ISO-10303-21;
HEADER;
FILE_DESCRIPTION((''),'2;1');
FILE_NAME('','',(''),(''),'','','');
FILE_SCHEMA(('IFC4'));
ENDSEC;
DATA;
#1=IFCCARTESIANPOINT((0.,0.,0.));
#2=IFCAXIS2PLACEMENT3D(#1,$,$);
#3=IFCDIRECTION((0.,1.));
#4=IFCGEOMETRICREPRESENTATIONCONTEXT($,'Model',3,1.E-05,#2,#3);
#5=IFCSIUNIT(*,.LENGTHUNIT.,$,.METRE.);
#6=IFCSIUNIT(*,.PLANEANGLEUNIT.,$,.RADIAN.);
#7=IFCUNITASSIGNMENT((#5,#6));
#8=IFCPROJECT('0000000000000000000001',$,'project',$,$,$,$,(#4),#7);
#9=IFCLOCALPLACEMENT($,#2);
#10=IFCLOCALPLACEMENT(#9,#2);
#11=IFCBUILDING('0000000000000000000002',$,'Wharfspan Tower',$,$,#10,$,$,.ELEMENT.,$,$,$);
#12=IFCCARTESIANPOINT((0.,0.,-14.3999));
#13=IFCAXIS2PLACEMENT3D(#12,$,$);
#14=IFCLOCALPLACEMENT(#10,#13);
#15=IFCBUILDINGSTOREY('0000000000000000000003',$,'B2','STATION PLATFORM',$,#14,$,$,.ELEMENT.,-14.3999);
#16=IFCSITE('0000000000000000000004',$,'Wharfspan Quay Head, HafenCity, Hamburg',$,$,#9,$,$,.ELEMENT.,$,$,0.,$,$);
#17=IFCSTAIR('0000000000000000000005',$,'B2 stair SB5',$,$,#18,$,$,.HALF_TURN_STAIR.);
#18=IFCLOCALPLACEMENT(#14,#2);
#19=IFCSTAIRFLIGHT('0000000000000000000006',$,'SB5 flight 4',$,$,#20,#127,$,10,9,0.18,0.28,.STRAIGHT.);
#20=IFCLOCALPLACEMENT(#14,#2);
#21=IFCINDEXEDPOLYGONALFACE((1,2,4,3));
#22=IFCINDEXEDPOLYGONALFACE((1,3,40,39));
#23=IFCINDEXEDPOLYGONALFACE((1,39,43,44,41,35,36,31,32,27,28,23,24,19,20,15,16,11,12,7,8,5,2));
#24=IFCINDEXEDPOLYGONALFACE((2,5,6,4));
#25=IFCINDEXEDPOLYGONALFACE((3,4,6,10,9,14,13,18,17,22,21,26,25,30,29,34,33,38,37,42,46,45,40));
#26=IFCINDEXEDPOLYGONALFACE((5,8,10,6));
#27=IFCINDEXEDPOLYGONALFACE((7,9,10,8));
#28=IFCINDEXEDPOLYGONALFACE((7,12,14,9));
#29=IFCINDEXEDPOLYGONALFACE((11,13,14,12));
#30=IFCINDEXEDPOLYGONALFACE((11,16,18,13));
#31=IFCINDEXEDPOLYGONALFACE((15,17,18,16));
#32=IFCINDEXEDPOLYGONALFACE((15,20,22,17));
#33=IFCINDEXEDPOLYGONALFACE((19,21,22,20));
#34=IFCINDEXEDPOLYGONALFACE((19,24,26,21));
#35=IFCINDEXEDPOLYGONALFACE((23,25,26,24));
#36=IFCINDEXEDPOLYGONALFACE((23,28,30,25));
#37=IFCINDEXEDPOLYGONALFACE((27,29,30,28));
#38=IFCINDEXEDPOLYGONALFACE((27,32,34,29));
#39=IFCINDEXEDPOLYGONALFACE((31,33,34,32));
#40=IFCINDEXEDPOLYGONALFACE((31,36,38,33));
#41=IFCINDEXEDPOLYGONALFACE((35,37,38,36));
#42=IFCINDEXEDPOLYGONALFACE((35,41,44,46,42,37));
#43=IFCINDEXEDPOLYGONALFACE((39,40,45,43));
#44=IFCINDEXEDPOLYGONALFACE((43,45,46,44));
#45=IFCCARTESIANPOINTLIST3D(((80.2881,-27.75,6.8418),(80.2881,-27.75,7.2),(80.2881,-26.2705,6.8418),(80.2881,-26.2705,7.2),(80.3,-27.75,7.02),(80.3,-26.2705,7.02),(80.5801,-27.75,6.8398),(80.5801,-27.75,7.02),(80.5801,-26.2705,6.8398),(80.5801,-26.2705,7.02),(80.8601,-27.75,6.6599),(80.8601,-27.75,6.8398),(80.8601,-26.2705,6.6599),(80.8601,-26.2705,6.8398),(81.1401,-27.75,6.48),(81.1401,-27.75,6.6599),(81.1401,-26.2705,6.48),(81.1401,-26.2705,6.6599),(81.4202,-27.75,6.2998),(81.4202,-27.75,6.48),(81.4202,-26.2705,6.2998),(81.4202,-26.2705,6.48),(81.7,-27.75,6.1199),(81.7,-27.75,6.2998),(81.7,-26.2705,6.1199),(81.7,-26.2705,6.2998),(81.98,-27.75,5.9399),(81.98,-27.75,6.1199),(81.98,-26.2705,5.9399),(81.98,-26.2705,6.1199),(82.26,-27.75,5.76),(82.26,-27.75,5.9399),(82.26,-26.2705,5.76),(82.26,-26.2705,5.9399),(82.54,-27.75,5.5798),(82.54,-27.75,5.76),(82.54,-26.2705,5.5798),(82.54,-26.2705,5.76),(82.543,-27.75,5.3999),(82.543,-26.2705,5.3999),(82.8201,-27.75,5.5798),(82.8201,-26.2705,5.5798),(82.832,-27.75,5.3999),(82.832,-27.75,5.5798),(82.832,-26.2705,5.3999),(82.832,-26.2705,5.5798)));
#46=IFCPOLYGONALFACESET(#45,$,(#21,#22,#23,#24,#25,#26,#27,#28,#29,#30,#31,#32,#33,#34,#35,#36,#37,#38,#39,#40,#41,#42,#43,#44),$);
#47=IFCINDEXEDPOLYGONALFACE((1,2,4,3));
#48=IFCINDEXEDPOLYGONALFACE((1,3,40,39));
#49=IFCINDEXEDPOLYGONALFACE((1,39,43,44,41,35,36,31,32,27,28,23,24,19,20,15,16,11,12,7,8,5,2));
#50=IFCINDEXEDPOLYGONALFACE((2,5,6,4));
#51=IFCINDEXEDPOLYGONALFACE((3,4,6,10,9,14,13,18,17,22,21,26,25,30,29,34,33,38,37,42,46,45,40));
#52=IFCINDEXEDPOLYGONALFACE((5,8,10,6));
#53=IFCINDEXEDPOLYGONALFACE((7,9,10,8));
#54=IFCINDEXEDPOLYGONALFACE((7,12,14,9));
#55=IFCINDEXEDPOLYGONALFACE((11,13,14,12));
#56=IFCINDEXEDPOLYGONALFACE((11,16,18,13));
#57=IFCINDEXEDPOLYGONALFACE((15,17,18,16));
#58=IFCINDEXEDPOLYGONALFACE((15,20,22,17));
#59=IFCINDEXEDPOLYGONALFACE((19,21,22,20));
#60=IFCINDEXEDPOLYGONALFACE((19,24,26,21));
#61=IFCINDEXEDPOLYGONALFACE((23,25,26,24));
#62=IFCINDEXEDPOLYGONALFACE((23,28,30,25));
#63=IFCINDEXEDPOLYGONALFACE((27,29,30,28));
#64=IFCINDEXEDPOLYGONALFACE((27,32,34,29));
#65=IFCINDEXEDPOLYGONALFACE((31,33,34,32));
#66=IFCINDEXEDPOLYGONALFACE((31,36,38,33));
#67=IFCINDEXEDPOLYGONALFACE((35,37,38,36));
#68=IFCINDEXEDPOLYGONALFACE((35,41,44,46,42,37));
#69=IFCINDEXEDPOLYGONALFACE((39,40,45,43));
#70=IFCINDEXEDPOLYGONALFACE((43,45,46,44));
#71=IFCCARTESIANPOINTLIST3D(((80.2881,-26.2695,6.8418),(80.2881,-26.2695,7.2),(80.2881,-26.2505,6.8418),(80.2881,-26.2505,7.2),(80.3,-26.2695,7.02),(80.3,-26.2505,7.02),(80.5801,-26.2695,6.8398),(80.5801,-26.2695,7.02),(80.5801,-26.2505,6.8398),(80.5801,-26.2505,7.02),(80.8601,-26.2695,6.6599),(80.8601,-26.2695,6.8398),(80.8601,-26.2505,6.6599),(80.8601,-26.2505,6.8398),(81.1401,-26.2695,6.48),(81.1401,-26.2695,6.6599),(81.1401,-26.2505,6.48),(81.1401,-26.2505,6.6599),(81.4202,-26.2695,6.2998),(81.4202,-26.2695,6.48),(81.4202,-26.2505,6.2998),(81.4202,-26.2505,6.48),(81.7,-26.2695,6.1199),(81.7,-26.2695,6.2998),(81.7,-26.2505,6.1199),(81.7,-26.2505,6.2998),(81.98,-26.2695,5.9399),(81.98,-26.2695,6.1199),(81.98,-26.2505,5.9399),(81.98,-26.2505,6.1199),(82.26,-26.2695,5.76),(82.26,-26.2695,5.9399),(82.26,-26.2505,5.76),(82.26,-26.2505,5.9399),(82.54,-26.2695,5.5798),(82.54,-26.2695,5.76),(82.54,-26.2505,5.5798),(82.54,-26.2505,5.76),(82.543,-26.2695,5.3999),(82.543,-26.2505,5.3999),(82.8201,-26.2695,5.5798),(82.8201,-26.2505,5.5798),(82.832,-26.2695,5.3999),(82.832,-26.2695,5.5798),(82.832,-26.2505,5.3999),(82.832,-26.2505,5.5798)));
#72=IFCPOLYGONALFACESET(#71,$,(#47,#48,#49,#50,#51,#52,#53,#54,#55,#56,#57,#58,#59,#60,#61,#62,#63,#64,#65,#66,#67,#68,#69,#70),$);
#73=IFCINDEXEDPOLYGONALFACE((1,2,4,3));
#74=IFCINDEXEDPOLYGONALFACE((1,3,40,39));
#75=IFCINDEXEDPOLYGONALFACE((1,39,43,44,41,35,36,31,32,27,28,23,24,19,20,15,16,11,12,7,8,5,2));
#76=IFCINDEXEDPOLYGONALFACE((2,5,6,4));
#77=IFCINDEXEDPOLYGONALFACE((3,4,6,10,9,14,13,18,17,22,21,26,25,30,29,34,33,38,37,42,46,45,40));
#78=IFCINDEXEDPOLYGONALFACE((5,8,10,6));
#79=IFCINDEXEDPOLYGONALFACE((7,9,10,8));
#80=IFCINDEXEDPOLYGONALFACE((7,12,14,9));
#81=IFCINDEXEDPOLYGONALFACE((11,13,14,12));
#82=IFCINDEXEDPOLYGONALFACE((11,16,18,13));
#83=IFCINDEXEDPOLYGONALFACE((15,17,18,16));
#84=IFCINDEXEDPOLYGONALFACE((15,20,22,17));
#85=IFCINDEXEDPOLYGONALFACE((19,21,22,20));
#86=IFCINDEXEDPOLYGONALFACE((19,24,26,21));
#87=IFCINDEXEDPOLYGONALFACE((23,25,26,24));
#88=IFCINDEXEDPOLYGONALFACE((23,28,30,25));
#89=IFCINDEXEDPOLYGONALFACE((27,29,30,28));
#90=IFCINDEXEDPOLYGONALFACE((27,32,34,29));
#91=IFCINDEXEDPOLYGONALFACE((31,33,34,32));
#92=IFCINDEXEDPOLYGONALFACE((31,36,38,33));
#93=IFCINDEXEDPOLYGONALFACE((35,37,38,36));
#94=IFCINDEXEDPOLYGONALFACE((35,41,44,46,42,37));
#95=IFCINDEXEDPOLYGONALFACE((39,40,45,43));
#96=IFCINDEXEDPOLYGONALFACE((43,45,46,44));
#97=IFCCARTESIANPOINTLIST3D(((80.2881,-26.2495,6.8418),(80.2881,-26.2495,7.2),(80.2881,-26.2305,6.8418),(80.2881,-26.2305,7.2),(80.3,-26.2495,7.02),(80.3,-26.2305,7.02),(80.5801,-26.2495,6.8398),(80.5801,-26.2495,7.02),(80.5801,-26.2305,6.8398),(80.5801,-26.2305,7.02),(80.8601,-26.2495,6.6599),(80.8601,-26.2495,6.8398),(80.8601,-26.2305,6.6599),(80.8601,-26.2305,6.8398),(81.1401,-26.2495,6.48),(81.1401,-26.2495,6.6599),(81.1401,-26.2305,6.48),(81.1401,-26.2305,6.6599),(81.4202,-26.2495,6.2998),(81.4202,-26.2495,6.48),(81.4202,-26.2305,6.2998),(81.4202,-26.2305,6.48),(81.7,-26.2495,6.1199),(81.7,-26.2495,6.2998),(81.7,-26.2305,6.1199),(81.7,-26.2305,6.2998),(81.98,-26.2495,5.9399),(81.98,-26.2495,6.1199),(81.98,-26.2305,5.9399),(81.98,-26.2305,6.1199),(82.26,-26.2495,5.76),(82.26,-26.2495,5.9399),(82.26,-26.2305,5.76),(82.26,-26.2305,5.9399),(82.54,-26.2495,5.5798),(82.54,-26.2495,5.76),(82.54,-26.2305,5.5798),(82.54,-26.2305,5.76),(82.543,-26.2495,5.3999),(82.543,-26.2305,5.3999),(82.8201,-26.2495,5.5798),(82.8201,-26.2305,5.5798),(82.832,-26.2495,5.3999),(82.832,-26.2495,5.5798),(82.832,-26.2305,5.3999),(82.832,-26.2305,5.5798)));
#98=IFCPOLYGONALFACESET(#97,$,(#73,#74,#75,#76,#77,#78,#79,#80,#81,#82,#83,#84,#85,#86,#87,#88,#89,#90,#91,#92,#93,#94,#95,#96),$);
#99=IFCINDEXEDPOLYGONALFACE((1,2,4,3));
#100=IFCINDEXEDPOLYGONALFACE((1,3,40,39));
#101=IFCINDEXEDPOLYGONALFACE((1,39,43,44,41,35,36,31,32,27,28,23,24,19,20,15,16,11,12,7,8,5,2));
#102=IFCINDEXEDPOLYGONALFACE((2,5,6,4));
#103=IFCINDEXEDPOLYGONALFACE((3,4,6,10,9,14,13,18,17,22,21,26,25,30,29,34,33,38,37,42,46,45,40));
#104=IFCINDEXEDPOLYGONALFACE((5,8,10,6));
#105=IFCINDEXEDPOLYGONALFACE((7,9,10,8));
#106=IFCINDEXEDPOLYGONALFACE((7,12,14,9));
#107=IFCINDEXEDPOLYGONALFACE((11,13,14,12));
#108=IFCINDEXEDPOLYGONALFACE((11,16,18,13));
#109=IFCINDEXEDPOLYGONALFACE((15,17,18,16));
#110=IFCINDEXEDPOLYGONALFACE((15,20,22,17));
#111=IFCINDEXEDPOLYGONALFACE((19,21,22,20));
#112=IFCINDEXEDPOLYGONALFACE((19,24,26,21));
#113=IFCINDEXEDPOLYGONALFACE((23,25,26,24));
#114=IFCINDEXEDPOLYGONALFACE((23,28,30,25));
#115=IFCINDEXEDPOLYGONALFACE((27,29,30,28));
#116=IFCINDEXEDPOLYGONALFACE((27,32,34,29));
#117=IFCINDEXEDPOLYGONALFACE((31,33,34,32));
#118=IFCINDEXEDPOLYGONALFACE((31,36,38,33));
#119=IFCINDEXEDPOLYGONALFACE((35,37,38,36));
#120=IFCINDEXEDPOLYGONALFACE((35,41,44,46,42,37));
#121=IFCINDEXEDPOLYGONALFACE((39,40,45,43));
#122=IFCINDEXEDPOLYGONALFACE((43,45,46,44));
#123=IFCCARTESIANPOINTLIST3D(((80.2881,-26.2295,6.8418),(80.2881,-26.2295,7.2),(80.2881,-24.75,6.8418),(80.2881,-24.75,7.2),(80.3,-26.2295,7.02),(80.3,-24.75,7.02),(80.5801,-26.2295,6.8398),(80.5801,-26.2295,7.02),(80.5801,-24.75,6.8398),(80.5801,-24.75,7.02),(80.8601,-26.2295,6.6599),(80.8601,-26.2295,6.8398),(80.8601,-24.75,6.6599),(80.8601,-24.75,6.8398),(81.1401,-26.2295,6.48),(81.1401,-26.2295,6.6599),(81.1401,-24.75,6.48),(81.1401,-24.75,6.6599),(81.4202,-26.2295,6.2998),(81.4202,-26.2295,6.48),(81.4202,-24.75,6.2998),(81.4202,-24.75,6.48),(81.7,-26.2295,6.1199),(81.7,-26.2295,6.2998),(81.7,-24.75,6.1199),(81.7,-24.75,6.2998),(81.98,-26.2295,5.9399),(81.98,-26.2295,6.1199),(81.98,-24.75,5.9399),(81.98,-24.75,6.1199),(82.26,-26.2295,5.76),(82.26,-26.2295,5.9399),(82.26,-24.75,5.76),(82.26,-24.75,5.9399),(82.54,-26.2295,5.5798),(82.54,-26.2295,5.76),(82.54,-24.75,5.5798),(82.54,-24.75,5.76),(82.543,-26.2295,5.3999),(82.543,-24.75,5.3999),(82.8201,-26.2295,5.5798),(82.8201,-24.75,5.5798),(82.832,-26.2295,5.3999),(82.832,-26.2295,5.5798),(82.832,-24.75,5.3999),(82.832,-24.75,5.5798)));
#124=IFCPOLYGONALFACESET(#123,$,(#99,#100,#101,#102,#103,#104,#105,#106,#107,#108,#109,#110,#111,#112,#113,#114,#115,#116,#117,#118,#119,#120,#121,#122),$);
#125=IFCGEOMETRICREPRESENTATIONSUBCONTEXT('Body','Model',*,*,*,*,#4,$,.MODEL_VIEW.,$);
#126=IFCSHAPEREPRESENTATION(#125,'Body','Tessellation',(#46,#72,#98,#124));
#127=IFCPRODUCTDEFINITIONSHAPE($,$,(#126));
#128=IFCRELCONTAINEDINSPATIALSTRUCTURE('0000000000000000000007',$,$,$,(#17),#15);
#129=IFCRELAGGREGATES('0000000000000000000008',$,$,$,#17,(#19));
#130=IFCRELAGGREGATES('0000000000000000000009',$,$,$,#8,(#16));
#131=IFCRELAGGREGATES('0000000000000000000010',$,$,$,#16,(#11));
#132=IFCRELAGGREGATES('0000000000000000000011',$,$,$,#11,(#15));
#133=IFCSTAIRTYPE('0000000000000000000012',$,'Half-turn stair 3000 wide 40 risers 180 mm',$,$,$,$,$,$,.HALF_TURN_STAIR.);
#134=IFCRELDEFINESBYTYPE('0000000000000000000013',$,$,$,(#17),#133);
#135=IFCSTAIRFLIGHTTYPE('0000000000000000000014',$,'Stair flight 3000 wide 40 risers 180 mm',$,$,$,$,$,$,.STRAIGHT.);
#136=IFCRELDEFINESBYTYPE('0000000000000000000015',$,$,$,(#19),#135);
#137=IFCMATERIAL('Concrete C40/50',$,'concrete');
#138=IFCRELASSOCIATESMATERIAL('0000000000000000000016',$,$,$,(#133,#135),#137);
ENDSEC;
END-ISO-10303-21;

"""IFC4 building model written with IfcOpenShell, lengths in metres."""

from ifc_helpers import new_model, si_unit, direction, frame, origin, place, context, subcontext, project, spatial, polyline, outline, extrude, material, type_object, element, aggregate, save


model = new_model("IFC4")

# Units and contexts
model_context = context("Model", 3, precision=1e-05, world=origin(), true_north=direction((0.0, 1.0)))
body_context = subcontext(model_context, "Body", "Model", "MODEL_VIEW")
ifc_project = project(units=[si_unit("LENGTHUNIT", "METRE"), si_unit("PLANEANGLEUNIT", "RADIAN")], contexts=[model_context])

# Site, building, storey
site_placement = place(None, origin())
site = spatial("IfcSite", under=ifc_project, at=site_placement, Name="Wharfspan Quay Head, HafenCity, Hamburg", CompositionType="ELEMENT", RefElevation=0.0)
building_placement = place(site_placement, origin())
building = spatial("IfcBuilding", under=site, at=building_placement, Name="Wharfspan Tower", CompositionType="ELEMENT")
storey_placement = place(building_placement, frame((0.0, 0.0, -14.3999)))
storey = spatial("IfcBuildingStorey", under=building, at=storey_placement, Name="B2", Description="STATION PLATFORM", CompositionType="ELEMENT", Elevation=-14.3999)

# Shared definitions
ifc_material_1 = material(Name="Concrete C40/50", Category="concrete")

# Stair, stair flight
stair_type = type_object("IfcStairType", Name="Half-turn stair 3000 wide 40 risers 180 mm", PredefinedType="HALF_TURN_STAIR", material=ifc_material_1)
stair_placement = place(storey_placement, origin())
stair = element("IfcStair", 1, at=stair_placement, inside=storey, type_object=stair_type, Name="B2 stair SB5", PredefinedType="HALF_TURN_STAIR")
stair_flight_type = type_object("IfcStairFlightType", Name="Stair flight 3000 wide 40 risers 180 mm", PredefinedType="STRAIGHT", material=ifc_material_1)
stair_flight_placement = place(storey_placement, frame((82.8201, -26.25, 5.3999), z_axis=(0.0, 0.0, 1.0), x_axis=(-1.0, 0.0, 0.0)))
stair_flight = element("IfcStairFlight", 2, at=stair_flight_placement, type_object=stair_flight_type, Name="SB5 flight 4", NumberOfRisers=10, NumberOfTreads=9, PredefinedType="STRAIGHT", RiserHeight=0.18, TreadLength=0.28, context=body_context, shape_type="SweptSolid", body=[
    extrude(outline(polyline([(-0.012, 0.0), (-0.012, 0.1799), (0.0, 0.1799), (0.28, 0.1799), (0.28, 0.3601), (0.5601, 0.3601), (0.5601, 0.54), (0.8401, 0.54), (0.8401, 0.72), (1.1201, 0.72), (1.1201, 0.8999), (1.3999, 0.8999), (1.3999, 1.0801), (1.6799, 1.0801), (1.6799, 1.26), (1.96, 1.26), (1.96, 1.4399), (2.24, 1.4399), (2.24, 1.6201), (2.52, 1.6201), (2.532, 1.8), (2.532, 1.4419), (0.2771, 0.0), (-0.012, 0.0)])), frame((0.0, 1.5, 0.0), z_axis=(0.0, -1.0, 0.0), x_axis=(1.0, 0.0, 0.0)), (0.0, 0.0, 1.0), 1.4795),
    extrude(outline(polyline([(-0.012, 0.0), (-0.012, 0.1799), (0.0, 0.1799), (0.28, 0.1799), (0.28, 0.3601), (0.5601, 0.3601), (0.5601, 0.54), (0.8401, 0.54), (0.8401, 0.72), (1.1201, 0.72), (1.1201, 0.8999), (1.3999, 0.8999), (1.3999, 1.0801), (1.6799, 1.0801), (1.6799, 1.26), (1.96, 1.26), (1.96, 1.4399), (2.24, 1.4399), (2.24, 1.6201), (2.52, 1.6201), (2.532, 1.8), (2.532, 1.4419), (0.2771, 0.0), (-0.012, 0.0)])), frame((0.0, 0.0195, 0.0), z_axis=(0.0, -1.0, 0.0), x_axis=(1.0, 0.0, 0.0)), (0.0, 0.0, 1.0), 0.019),
    extrude(outline(polyline([(-0.012, 0.0), (-0.012, 0.1799), (0.0, 0.1799), (0.28, 0.1799), (0.28, 0.3601), (0.5601, 0.3601), (0.5601, 0.54), (0.8401, 0.54), (0.8401, 0.72), (1.1201, 0.72), (1.1201, 0.8999), (1.3999, 0.8999), (1.3999, 1.0801), (1.6799, 1.0801), (1.6799, 1.26), (1.96, 1.26), (1.96, 1.4399), (2.24, 1.4399), (2.24, 1.6201), (2.52, 1.6201), (2.532, 1.8), (2.532, 1.4419), (0.2771, 0.0), (-0.012, 0.0)])), frame((0.0, -0.0005, 0.0), z_axis=(0.0, -1.0, 0.0), x_axis=(1.0, 0.0, 0.0)), (0.0, 0.0, 1.0), 0.019),
    extrude(outline(polyline([(-0.012, 0.0), (-0.012, 0.1799), (0.0, 0.1799), (0.28, 0.1799), (0.28, 0.3601), (0.5601, 0.3601), (0.5601, 0.54), (0.8401, 0.54), (0.8401, 0.72), (1.1201, 0.72), (1.1201, 0.8999), (1.3999, 0.8999), (1.3999, 1.0801), (1.6799, 1.0801), (1.6799, 1.26), (1.96, 1.26), (1.96, 1.4399), (2.24, 1.4399), (2.24, 1.6201), (2.52, 1.6201), (2.532, 1.8), (2.532, 1.4419), (0.2771, 0.0), (-0.012, 0.0)])), frame((0.0, -0.0205, 0.0), z_axis=(0.0, -1.0, 0.0), x_axis=(1.0, 0.0, 0.0)), (0.0, 0.0, 1.0), 1.4795),
])
aggregate(stair, [stair_flight])

save(model, "model.ifc")
